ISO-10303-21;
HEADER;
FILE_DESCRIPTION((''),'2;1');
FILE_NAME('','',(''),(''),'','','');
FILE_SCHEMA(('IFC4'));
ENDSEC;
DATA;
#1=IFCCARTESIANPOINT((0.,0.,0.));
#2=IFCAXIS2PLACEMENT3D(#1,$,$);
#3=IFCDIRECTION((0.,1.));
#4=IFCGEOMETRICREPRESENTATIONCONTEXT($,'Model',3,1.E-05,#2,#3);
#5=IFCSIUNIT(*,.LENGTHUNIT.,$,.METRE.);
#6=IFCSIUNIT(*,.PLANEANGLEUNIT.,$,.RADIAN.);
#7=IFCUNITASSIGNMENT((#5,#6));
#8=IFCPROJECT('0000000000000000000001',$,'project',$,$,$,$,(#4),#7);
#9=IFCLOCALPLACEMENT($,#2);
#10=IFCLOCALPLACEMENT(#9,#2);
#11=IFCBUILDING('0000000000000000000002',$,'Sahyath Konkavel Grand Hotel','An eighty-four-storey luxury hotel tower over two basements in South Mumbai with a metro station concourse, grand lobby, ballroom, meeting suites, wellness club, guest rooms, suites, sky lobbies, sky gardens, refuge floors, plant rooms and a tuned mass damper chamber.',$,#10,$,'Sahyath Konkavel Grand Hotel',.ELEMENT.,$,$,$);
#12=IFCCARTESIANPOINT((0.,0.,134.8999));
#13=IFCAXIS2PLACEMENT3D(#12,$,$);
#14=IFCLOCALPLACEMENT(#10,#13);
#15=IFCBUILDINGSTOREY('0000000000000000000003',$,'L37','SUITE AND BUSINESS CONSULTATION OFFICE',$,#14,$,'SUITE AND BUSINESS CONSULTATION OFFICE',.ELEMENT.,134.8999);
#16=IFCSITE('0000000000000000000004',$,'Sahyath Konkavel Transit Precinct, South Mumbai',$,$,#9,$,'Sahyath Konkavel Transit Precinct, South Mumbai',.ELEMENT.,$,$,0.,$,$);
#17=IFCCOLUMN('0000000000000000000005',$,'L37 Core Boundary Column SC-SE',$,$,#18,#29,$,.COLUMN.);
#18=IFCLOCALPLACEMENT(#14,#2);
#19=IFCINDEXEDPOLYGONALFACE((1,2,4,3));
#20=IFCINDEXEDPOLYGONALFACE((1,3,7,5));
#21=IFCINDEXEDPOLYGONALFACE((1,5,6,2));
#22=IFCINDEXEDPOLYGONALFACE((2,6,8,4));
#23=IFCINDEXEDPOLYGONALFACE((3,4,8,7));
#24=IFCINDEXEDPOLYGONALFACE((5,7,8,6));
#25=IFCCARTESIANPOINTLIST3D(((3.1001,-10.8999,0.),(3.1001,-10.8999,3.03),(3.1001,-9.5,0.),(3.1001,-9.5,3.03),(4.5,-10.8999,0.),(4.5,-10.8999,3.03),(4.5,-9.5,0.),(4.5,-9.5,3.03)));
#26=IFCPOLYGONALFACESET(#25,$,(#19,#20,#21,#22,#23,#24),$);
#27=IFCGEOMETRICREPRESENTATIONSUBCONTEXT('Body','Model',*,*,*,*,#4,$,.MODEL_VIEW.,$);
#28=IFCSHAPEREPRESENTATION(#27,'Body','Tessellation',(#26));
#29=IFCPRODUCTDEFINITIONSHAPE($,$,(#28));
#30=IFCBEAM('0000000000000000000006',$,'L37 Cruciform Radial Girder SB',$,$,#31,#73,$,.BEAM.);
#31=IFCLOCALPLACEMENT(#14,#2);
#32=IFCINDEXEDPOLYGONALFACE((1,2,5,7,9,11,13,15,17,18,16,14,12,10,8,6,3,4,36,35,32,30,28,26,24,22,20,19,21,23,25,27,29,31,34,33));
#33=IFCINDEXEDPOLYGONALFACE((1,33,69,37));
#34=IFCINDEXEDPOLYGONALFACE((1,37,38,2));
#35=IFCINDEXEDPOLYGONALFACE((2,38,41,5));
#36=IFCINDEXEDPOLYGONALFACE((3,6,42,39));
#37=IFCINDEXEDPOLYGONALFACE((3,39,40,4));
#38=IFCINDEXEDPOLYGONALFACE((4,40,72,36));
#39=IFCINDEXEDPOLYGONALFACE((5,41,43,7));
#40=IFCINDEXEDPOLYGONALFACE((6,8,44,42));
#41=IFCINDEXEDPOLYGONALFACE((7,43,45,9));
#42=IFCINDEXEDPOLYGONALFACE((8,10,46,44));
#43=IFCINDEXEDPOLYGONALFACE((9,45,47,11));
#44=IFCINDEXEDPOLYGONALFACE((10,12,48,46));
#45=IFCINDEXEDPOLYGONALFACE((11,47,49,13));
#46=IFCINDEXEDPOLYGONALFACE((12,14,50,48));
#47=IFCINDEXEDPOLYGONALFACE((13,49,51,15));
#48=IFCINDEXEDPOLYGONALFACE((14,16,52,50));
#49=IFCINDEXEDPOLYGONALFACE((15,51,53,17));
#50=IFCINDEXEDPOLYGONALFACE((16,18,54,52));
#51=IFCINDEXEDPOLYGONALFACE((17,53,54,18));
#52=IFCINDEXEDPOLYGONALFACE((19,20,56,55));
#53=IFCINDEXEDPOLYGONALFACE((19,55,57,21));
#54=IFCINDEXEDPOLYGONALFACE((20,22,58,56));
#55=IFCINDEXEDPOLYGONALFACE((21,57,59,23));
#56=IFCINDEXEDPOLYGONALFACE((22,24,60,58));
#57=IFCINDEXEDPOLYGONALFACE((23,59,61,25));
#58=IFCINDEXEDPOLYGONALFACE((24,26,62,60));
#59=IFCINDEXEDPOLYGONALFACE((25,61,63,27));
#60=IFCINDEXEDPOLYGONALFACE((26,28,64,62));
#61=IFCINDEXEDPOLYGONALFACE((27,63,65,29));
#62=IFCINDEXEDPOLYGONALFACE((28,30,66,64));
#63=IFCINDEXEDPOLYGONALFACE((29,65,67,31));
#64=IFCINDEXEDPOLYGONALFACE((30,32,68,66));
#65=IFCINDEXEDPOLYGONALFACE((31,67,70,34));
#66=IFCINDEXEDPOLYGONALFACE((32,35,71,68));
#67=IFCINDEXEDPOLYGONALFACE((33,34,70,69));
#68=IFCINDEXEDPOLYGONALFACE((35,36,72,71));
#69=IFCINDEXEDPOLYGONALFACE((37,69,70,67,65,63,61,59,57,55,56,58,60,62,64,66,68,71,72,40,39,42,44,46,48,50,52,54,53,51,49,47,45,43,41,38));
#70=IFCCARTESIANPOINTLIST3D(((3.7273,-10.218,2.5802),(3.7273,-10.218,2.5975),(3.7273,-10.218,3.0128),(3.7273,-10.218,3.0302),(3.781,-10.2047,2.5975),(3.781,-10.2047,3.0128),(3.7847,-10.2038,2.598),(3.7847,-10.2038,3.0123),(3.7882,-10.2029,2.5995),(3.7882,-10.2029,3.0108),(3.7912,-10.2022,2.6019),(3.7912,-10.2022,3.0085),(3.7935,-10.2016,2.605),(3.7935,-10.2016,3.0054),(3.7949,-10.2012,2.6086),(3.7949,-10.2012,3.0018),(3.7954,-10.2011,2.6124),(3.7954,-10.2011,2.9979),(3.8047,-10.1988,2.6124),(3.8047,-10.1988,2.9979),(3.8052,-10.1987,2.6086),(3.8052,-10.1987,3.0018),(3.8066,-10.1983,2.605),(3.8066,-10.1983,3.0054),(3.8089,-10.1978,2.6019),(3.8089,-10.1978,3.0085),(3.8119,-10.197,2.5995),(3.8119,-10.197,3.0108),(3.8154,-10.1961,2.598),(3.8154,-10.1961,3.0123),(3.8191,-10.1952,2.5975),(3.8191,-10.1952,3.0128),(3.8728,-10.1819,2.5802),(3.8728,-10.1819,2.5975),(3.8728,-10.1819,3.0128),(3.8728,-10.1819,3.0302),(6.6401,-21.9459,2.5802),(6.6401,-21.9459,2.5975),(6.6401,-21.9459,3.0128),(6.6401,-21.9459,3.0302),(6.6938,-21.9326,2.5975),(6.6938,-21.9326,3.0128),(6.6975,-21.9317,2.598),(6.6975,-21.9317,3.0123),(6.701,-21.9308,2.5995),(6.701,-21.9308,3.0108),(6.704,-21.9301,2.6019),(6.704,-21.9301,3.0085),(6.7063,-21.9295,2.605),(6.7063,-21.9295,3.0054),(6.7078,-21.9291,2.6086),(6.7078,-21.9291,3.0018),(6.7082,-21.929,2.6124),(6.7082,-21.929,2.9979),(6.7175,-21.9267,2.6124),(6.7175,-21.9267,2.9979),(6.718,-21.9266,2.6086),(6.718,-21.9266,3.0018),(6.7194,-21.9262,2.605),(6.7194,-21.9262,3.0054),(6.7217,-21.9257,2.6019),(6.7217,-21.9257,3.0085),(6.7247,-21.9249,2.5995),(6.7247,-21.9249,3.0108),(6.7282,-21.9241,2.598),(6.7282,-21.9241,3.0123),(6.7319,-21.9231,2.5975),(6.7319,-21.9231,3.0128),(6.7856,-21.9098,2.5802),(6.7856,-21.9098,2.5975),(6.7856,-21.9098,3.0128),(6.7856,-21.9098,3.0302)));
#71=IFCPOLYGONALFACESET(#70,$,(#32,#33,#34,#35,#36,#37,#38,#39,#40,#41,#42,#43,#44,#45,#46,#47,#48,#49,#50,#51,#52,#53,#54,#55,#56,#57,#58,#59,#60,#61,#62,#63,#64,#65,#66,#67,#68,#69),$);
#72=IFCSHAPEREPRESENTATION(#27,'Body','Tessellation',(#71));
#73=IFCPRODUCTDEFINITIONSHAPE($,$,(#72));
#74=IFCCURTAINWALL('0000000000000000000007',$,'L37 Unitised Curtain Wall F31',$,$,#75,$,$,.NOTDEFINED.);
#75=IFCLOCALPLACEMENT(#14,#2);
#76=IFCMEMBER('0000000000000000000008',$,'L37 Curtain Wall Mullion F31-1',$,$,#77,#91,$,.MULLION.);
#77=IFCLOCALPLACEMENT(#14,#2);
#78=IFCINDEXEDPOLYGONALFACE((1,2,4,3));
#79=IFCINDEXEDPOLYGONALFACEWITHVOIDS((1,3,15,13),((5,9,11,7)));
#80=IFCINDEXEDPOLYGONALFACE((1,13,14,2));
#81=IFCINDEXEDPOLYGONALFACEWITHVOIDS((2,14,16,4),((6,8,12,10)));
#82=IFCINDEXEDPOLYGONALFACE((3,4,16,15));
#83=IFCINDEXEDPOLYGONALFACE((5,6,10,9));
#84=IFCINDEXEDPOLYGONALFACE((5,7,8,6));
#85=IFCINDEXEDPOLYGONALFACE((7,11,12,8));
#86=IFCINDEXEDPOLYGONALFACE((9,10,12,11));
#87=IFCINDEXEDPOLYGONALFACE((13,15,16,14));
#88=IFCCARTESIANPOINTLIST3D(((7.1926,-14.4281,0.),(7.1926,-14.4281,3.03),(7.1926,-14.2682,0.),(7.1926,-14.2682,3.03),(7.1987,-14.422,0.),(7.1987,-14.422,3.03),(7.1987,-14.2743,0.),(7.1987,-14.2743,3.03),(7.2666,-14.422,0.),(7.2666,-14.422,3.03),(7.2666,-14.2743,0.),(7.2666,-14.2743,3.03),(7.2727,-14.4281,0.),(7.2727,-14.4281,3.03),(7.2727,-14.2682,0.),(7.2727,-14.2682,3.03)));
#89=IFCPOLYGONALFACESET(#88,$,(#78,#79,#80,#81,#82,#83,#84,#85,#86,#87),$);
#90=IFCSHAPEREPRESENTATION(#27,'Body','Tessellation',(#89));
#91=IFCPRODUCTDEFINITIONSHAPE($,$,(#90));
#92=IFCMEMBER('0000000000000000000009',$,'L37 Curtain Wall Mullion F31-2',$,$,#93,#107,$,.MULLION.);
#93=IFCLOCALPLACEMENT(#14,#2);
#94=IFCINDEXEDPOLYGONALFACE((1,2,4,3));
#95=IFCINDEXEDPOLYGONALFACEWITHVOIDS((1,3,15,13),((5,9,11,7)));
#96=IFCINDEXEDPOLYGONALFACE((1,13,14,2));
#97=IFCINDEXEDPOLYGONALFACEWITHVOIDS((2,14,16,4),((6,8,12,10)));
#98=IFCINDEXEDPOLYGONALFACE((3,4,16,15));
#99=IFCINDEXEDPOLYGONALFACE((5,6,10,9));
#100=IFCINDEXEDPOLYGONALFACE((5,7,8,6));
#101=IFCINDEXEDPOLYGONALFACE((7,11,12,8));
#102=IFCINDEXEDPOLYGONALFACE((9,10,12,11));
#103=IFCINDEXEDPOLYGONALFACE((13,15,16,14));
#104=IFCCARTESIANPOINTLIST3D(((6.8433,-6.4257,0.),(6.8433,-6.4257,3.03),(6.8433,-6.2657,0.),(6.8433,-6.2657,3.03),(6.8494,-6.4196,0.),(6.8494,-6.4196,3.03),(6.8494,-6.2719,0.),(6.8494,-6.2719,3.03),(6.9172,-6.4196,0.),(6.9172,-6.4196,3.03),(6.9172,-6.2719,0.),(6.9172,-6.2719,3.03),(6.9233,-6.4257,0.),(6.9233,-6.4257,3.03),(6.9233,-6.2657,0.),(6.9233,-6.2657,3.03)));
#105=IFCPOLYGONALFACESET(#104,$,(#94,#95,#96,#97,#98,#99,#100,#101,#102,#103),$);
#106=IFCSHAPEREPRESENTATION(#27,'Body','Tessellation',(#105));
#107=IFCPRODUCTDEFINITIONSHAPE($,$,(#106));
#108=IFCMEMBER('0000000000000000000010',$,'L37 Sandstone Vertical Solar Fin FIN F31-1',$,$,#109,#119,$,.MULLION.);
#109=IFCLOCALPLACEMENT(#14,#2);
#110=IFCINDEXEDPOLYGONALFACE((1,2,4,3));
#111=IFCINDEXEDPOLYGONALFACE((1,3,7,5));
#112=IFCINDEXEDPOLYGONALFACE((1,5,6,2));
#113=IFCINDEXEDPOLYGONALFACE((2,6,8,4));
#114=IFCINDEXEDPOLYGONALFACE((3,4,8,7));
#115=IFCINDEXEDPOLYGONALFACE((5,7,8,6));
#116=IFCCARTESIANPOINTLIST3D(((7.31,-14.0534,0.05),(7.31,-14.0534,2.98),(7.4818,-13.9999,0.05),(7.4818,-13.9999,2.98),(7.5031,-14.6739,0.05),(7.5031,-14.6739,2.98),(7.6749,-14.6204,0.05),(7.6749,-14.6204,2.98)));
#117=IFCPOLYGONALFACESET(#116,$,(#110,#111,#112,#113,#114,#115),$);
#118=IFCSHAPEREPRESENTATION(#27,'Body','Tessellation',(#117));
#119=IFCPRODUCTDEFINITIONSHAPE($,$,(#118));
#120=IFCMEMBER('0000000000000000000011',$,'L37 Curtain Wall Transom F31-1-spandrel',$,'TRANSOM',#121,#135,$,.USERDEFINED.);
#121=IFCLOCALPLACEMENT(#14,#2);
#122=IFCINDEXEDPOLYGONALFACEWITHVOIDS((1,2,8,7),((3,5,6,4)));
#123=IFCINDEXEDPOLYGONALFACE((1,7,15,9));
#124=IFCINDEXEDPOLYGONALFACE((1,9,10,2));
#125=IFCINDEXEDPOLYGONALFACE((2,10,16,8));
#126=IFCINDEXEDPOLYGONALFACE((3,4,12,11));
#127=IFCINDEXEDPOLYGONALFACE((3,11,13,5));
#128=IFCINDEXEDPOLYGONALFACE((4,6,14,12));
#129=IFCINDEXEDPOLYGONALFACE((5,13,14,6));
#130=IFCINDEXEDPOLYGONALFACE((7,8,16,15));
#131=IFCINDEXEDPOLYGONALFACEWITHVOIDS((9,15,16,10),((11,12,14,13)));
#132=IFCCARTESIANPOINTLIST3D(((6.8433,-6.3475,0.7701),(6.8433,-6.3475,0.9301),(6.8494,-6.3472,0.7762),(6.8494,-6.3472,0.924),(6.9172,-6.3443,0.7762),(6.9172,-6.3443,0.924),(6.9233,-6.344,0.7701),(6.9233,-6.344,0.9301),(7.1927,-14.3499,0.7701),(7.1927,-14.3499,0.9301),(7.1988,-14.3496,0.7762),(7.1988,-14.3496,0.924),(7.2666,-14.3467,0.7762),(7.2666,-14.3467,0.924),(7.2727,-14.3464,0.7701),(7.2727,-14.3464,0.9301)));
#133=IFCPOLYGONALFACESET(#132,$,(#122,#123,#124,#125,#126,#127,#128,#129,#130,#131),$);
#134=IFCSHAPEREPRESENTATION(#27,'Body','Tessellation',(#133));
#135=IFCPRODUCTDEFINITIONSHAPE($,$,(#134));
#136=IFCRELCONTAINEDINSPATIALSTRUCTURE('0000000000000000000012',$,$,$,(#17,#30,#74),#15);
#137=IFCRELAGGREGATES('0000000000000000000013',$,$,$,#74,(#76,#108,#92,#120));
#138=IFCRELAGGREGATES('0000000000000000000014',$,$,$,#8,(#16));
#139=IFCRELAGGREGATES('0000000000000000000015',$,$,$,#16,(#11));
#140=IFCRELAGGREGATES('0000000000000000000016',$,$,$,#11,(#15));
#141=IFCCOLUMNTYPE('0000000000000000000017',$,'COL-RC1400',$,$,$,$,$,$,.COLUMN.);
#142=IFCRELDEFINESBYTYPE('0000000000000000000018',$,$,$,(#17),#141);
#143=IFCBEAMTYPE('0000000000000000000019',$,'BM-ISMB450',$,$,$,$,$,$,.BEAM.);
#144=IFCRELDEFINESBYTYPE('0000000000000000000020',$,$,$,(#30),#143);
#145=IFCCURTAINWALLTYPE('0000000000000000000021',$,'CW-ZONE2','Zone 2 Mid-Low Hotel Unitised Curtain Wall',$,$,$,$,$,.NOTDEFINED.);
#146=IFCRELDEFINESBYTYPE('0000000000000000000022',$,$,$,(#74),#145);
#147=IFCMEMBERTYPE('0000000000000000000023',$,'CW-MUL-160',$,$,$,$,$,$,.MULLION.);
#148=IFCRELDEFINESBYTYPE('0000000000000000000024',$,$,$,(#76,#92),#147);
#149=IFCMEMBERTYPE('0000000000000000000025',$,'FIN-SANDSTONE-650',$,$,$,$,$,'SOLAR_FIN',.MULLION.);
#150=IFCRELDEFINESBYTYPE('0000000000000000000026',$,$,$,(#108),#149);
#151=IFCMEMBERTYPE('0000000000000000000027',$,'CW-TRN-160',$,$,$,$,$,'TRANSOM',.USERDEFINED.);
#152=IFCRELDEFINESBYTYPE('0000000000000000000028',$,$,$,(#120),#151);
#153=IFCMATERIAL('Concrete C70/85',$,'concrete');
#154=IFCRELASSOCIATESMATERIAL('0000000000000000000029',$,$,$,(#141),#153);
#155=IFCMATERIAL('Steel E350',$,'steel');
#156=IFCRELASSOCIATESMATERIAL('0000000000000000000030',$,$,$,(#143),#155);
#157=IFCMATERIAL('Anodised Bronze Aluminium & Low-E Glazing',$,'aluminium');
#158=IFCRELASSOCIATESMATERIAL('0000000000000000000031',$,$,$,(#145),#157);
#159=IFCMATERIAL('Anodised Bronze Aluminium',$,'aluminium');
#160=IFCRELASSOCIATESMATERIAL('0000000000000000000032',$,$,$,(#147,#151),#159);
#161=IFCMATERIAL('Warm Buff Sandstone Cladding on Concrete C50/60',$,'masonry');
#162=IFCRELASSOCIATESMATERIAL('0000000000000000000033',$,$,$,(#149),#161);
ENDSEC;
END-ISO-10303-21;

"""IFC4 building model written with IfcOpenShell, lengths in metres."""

from ifc_helpers import new_model, si_unit, direction, frame, origin, origin_2d, place, context, subcontext, project, spatial, rectangle, hollow_rectangle, i_section, extrude, source, transform, mapped, material, material_profile, profile_set, type_object, element, aggregate, save


model = new_model("IFC4")

# Units and contexts
model_context = context("Model", 3, precision=1e-05, world=origin(), true_north=direction((0.0, 1.0)))
body_context = subcontext(model_context, "Body", "Model", "MODEL_VIEW")
ifc_project = project(units=[si_unit("LENGTHUNIT", "METRE"), si_unit("PLANEANGLEUNIT", "RADIAN")], contexts=[model_context])

# Site, building, storey
site_placement = place(None, origin())
site = spatial("IfcSite", under=ifc_project, at=site_placement, Name="Sahyath Konkavel Transit Precinct, South Mumbai", LongName="Sahyath Konkavel Transit Precinct, South Mumbai", CompositionType="ELEMENT", RefElevation=0.0)
building_placement = place(site_placement, origin())
building = spatial("IfcBuilding", under=site, at=building_placement, Name="Sahyath Konkavel Grand Hotel", Description="An eighty-four-storey luxury hotel tower over two basements in South Mumbai with a metro station concourse, grand lobby, ballroom, meeting suites, wellness club, guest rooms, suites, sky lobbies, sky gardens, refuge floors, plant rooms and a tuned mass damper chamber.", LongName="Sahyath Konkavel Grand Hotel", CompositionType="ELEMENT")
storey_placement = place(building_placement, frame((0.0, 0.0, 134.8999)))
storey = spatial("IfcBuildingStorey", under=building, at=storey_placement, Name="L37", Description="SUITE AND BUSINESS CONSULTATION OFFICE", LongName="SUITE AND BUSINESS CONSULTATION OFFICE", CompositionType="ELEMENT", Elevation=134.8999)

# Column
ifc_material_1 = material(Name="Concrete C70/85", Category="concrete")
ifc_material_profile_1 = material_profile(ifc_material_1, rectangle(XDim=1.3999, YDim=1.3999, at=origin_2d()), Name="RC 1400x1400")
ifc_profile_set_1 = profile_set([ifc_material_profile_1], Name="Concrete C70/85")
column_type = type_object("IfcColumnType", Name="COL-RC1400", PredefinedType="COLUMN", material=ifc_profile_set_1)
shared_shape_1 = source(origin(), body_context, "Body", "SweptSolid", [
    extrude(rectangle(XDim=1.3999, YDim=1.3999, at=origin_2d()), origin(), (0.0, 0.0, 1.0), 3.03),
])
column_placement = place(storey_placement, frame((3.8, -10.2, 0.0), z_axis=(0.0, 0.0, 1.0), x_axis=(1.0, 0.0, 0.0)))
element("IfcColumn", 1, at=column_placement, inside=storey, type_object=column_type, Name="L37 Core Boundary Column SC-SE", PredefinedType="COLUMN", context=body_context, shape_type="MappedRepresentation", body=[
    mapped(shared_shape_1, transform((0.0, 0.0, 0.0), scale=1.0)),
])

# Beam
ifc_material_2 = material(Name="Steel E350", Category="steel")
ifc_material_profile_2 = material_profile(ifc_material_2, i_section(OverallWidth=0.1499, OverallDepth=0.45, WebThickness=0.0095, FlangeThickness=0.0173, FilletRadius=0.0149, at=origin_2d()), Name="ISMB 450")
ifc_profile_set_2 = profile_set([ifc_material_profile_2], Name="Steel E350")
beam_type_1 = type_object("IfcBeamType", Name="BM-ISMB450", PredefinedType="BEAM", material=ifc_profile_set_2)
shared_shape_2 = source(origin(), body_context, "Body", "SweptSolid", [
    extrude(i_section(OverallWidth=0.1499, OverallDepth=0.45, WebThickness=0.0095, FlangeThickness=0.0173, FilletRadius=0.0149, at=origin_2d()), origin(), (0.0, 0.0, 1.0), 12.0842),
])
beam_1_placement = place(storey_placement, frame((3.8, -10.2, 2.8052), z_axis=(0.241043, -0.970515, 0.0), x_axis=(0.970515, 0.241043, 0.0)))
element("IfcBeam", 2, at=beam_1_placement, inside=storey, type_object=beam_type_1, Name="L37 Cruciform Radial Girder SB", PredefinedType="BEAM", context=body_context, shape_type="MappedRepresentation", body=[
    mapped(shared_shape_2, transform((0.0, 0.0, 0.0), scale=1.0)),
])

# Curtain wall, members
ifc_material_3 = material(Name="Anodised Bronze Aluminium & Low-E Glazing", Category="aluminium")
curtain_wall_type = type_object("IfcCurtainWallType", Name="CW-ZONE2", Description="Zone 2 Mid-Low Hotel Unitised Curtain Wall", PredefinedType="NOTDEFINED", material=ifc_material_3)
curtain_wall_placement = place(storey_placement, origin())
curtain_wall = element("IfcCurtainWall", 3, at=curtain_wall_placement, inside=storey, type_object=curtain_wall_type, Name="L37 Unitised Curtain Wall F31", PredefinedType="NOTDEFINED")
ifc_material_4 = material(Name="Anodised Bronze Aluminium", Category="aluminium")
ifc_material_profile_3 = material_profile(ifc_material_4, hollow_rectangle(XDim=0.0801, YDim=0.1599, WallThickness=0.0061, at=origin_2d()), Name="RHS 160x80x6")
ifc_profile_set_3 = profile_set([ifc_material_profile_3], Name="Anodised Bronze Aluminium")
member_type_1 = type_object("IfcMemberType", Name="CW-MUL-160", PredefinedType="MULLION", material=ifc_profile_set_3)
shared_shape_3 = source(origin(), body_context, "Body", "SweptSolid", [
    extrude(hollow_rectangle(XDim=0.0801, YDim=0.1599, WallThickness=0.0061, at=origin_2d()), origin(), (0.0, 0.0, 1.0), 3.03),
])
member_1_placement = place(storey_placement, frame((7.2327, -14.3481, 0.0), z_axis=(0.0, 0.0, 1.0), x_axis=(1.0, 0.0, 0.0)))
member_1 = element("IfcMember", 4, at=member_1_placement, type_object=member_type_1, Name="L37 Curtain Wall Mullion F31-1", PredefinedType="MULLION", context=body_context, shape_type="MappedRepresentation", body=[
    mapped(shared_shape_3, transform((0.0, 0.0, 0.0), scale=1.0)),
])
member_2_placement = place(storey_placement, frame((6.8833, -6.3457, 0.0), z_axis=(0.0, 0.0, 1.0), x_axis=(1.0, 0.0, 0.0)))
member_2 = element("IfcMember", 5, at=member_2_placement, type_object=member_type_1, Name="L37 Curtain Wall Mullion F31-2", PredefinedType="MULLION", context=body_context, shape_type="MappedRepresentation", body=[
    mapped(shared_shape_3, transform((0.0, 0.0, 0.0), scale=1.0)),
])
ifc_material_5 = material(Name="Warm Buff Sandstone Cladding on Concrete C50/60", Category="masonry")
ifc_material_profile_4 = material_profile(ifc_material_5, rectangle(XDim=0.1799, YDim=0.6499, at=origin_2d()), Name="FIN 180x650")
ifc_profile_set_4 = profile_set([ifc_material_profile_4], Name="Warm Buff Sandstone Cladding on Concrete C50/60")
member_type_2 = type_object("IfcMemberType", Name="FIN-SANDSTONE-650", ElementType="SOLAR_FIN", PredefinedType="MULLION", material=ifc_profile_set_4)
shared_shape_4 = source(origin(), body_context, "Body", "SweptSolid", [
    extrude(rectangle(XDim=0.1799, YDim=0.6499, at=origin_2d()), origin(), (0.0, 0.0, 1.0), 2.9299),
])
member_3_placement = place(storey_placement, frame((7.4924, -14.3369, 0.05), z_axis=(0.0, 0.0, 1.0), x_axis=(0.954813, 0.297208, 0.0)))
member_3 = element("IfcMember", 6, at=member_3_placement, type_object=member_type_2, Name="L37 Sandstone Vertical Solar Fin FIN F31-1", PredefinedType="MULLION", context=body_context, shape_type="MappedRepresentation", body=[
    mapped(shared_shape_4, transform((0.0, 0.0, 0.0), scale=1.0)),
])
ifc_material_profile_5 = material_profile(ifc_material_4, hollow_rectangle(XDim=0.0801, YDim=0.1599, WallThickness=0.0061, at=origin_2d()), Name="RHS 160x80x6")
ifc_profile_set_5 = profile_set([ifc_material_profile_5], Name="Anodised Bronze Aluminium")
member_type_3 = type_object("IfcMemberType", Name="CW-TRN-160", ElementType="TRANSOM", PredefinedType="USERDEFINED", material=ifc_profile_set_5)
shared_shape_5 = source(origin(), body_context, "Body", "SweptSolid", [
    extrude(hollow_rectangle(XDim=0.0801, YDim=0.1599, WallThickness=0.0061, at=origin_2d()), origin(), (0.0, 0.0, 1.0), 8.01),
])
member_4_placement = place(storey_placement, frame((7.2327, -14.3481, 0.8501), z_axis=(-0.043616, 0.999048, 0.0), x_axis=(-0.999048, -0.043616, 0.0)))
member_4 = element("IfcMember", 7, at=member_4_placement, type_object=member_type_3, Name="L37 Curtain Wall Transom F31-1-spandrel", ObjectType="TRANSOM", PredefinedType="USERDEFINED", context=body_context, shape_type="MappedRepresentation", body=[
    mapped(shared_shape_5, transform((0.0, 0.0, 0.0), scale=1.0)),
])

aggregate(curtain_wall, [member_1, member_3, member_2, member_4])

save(model, "model.ifc")
